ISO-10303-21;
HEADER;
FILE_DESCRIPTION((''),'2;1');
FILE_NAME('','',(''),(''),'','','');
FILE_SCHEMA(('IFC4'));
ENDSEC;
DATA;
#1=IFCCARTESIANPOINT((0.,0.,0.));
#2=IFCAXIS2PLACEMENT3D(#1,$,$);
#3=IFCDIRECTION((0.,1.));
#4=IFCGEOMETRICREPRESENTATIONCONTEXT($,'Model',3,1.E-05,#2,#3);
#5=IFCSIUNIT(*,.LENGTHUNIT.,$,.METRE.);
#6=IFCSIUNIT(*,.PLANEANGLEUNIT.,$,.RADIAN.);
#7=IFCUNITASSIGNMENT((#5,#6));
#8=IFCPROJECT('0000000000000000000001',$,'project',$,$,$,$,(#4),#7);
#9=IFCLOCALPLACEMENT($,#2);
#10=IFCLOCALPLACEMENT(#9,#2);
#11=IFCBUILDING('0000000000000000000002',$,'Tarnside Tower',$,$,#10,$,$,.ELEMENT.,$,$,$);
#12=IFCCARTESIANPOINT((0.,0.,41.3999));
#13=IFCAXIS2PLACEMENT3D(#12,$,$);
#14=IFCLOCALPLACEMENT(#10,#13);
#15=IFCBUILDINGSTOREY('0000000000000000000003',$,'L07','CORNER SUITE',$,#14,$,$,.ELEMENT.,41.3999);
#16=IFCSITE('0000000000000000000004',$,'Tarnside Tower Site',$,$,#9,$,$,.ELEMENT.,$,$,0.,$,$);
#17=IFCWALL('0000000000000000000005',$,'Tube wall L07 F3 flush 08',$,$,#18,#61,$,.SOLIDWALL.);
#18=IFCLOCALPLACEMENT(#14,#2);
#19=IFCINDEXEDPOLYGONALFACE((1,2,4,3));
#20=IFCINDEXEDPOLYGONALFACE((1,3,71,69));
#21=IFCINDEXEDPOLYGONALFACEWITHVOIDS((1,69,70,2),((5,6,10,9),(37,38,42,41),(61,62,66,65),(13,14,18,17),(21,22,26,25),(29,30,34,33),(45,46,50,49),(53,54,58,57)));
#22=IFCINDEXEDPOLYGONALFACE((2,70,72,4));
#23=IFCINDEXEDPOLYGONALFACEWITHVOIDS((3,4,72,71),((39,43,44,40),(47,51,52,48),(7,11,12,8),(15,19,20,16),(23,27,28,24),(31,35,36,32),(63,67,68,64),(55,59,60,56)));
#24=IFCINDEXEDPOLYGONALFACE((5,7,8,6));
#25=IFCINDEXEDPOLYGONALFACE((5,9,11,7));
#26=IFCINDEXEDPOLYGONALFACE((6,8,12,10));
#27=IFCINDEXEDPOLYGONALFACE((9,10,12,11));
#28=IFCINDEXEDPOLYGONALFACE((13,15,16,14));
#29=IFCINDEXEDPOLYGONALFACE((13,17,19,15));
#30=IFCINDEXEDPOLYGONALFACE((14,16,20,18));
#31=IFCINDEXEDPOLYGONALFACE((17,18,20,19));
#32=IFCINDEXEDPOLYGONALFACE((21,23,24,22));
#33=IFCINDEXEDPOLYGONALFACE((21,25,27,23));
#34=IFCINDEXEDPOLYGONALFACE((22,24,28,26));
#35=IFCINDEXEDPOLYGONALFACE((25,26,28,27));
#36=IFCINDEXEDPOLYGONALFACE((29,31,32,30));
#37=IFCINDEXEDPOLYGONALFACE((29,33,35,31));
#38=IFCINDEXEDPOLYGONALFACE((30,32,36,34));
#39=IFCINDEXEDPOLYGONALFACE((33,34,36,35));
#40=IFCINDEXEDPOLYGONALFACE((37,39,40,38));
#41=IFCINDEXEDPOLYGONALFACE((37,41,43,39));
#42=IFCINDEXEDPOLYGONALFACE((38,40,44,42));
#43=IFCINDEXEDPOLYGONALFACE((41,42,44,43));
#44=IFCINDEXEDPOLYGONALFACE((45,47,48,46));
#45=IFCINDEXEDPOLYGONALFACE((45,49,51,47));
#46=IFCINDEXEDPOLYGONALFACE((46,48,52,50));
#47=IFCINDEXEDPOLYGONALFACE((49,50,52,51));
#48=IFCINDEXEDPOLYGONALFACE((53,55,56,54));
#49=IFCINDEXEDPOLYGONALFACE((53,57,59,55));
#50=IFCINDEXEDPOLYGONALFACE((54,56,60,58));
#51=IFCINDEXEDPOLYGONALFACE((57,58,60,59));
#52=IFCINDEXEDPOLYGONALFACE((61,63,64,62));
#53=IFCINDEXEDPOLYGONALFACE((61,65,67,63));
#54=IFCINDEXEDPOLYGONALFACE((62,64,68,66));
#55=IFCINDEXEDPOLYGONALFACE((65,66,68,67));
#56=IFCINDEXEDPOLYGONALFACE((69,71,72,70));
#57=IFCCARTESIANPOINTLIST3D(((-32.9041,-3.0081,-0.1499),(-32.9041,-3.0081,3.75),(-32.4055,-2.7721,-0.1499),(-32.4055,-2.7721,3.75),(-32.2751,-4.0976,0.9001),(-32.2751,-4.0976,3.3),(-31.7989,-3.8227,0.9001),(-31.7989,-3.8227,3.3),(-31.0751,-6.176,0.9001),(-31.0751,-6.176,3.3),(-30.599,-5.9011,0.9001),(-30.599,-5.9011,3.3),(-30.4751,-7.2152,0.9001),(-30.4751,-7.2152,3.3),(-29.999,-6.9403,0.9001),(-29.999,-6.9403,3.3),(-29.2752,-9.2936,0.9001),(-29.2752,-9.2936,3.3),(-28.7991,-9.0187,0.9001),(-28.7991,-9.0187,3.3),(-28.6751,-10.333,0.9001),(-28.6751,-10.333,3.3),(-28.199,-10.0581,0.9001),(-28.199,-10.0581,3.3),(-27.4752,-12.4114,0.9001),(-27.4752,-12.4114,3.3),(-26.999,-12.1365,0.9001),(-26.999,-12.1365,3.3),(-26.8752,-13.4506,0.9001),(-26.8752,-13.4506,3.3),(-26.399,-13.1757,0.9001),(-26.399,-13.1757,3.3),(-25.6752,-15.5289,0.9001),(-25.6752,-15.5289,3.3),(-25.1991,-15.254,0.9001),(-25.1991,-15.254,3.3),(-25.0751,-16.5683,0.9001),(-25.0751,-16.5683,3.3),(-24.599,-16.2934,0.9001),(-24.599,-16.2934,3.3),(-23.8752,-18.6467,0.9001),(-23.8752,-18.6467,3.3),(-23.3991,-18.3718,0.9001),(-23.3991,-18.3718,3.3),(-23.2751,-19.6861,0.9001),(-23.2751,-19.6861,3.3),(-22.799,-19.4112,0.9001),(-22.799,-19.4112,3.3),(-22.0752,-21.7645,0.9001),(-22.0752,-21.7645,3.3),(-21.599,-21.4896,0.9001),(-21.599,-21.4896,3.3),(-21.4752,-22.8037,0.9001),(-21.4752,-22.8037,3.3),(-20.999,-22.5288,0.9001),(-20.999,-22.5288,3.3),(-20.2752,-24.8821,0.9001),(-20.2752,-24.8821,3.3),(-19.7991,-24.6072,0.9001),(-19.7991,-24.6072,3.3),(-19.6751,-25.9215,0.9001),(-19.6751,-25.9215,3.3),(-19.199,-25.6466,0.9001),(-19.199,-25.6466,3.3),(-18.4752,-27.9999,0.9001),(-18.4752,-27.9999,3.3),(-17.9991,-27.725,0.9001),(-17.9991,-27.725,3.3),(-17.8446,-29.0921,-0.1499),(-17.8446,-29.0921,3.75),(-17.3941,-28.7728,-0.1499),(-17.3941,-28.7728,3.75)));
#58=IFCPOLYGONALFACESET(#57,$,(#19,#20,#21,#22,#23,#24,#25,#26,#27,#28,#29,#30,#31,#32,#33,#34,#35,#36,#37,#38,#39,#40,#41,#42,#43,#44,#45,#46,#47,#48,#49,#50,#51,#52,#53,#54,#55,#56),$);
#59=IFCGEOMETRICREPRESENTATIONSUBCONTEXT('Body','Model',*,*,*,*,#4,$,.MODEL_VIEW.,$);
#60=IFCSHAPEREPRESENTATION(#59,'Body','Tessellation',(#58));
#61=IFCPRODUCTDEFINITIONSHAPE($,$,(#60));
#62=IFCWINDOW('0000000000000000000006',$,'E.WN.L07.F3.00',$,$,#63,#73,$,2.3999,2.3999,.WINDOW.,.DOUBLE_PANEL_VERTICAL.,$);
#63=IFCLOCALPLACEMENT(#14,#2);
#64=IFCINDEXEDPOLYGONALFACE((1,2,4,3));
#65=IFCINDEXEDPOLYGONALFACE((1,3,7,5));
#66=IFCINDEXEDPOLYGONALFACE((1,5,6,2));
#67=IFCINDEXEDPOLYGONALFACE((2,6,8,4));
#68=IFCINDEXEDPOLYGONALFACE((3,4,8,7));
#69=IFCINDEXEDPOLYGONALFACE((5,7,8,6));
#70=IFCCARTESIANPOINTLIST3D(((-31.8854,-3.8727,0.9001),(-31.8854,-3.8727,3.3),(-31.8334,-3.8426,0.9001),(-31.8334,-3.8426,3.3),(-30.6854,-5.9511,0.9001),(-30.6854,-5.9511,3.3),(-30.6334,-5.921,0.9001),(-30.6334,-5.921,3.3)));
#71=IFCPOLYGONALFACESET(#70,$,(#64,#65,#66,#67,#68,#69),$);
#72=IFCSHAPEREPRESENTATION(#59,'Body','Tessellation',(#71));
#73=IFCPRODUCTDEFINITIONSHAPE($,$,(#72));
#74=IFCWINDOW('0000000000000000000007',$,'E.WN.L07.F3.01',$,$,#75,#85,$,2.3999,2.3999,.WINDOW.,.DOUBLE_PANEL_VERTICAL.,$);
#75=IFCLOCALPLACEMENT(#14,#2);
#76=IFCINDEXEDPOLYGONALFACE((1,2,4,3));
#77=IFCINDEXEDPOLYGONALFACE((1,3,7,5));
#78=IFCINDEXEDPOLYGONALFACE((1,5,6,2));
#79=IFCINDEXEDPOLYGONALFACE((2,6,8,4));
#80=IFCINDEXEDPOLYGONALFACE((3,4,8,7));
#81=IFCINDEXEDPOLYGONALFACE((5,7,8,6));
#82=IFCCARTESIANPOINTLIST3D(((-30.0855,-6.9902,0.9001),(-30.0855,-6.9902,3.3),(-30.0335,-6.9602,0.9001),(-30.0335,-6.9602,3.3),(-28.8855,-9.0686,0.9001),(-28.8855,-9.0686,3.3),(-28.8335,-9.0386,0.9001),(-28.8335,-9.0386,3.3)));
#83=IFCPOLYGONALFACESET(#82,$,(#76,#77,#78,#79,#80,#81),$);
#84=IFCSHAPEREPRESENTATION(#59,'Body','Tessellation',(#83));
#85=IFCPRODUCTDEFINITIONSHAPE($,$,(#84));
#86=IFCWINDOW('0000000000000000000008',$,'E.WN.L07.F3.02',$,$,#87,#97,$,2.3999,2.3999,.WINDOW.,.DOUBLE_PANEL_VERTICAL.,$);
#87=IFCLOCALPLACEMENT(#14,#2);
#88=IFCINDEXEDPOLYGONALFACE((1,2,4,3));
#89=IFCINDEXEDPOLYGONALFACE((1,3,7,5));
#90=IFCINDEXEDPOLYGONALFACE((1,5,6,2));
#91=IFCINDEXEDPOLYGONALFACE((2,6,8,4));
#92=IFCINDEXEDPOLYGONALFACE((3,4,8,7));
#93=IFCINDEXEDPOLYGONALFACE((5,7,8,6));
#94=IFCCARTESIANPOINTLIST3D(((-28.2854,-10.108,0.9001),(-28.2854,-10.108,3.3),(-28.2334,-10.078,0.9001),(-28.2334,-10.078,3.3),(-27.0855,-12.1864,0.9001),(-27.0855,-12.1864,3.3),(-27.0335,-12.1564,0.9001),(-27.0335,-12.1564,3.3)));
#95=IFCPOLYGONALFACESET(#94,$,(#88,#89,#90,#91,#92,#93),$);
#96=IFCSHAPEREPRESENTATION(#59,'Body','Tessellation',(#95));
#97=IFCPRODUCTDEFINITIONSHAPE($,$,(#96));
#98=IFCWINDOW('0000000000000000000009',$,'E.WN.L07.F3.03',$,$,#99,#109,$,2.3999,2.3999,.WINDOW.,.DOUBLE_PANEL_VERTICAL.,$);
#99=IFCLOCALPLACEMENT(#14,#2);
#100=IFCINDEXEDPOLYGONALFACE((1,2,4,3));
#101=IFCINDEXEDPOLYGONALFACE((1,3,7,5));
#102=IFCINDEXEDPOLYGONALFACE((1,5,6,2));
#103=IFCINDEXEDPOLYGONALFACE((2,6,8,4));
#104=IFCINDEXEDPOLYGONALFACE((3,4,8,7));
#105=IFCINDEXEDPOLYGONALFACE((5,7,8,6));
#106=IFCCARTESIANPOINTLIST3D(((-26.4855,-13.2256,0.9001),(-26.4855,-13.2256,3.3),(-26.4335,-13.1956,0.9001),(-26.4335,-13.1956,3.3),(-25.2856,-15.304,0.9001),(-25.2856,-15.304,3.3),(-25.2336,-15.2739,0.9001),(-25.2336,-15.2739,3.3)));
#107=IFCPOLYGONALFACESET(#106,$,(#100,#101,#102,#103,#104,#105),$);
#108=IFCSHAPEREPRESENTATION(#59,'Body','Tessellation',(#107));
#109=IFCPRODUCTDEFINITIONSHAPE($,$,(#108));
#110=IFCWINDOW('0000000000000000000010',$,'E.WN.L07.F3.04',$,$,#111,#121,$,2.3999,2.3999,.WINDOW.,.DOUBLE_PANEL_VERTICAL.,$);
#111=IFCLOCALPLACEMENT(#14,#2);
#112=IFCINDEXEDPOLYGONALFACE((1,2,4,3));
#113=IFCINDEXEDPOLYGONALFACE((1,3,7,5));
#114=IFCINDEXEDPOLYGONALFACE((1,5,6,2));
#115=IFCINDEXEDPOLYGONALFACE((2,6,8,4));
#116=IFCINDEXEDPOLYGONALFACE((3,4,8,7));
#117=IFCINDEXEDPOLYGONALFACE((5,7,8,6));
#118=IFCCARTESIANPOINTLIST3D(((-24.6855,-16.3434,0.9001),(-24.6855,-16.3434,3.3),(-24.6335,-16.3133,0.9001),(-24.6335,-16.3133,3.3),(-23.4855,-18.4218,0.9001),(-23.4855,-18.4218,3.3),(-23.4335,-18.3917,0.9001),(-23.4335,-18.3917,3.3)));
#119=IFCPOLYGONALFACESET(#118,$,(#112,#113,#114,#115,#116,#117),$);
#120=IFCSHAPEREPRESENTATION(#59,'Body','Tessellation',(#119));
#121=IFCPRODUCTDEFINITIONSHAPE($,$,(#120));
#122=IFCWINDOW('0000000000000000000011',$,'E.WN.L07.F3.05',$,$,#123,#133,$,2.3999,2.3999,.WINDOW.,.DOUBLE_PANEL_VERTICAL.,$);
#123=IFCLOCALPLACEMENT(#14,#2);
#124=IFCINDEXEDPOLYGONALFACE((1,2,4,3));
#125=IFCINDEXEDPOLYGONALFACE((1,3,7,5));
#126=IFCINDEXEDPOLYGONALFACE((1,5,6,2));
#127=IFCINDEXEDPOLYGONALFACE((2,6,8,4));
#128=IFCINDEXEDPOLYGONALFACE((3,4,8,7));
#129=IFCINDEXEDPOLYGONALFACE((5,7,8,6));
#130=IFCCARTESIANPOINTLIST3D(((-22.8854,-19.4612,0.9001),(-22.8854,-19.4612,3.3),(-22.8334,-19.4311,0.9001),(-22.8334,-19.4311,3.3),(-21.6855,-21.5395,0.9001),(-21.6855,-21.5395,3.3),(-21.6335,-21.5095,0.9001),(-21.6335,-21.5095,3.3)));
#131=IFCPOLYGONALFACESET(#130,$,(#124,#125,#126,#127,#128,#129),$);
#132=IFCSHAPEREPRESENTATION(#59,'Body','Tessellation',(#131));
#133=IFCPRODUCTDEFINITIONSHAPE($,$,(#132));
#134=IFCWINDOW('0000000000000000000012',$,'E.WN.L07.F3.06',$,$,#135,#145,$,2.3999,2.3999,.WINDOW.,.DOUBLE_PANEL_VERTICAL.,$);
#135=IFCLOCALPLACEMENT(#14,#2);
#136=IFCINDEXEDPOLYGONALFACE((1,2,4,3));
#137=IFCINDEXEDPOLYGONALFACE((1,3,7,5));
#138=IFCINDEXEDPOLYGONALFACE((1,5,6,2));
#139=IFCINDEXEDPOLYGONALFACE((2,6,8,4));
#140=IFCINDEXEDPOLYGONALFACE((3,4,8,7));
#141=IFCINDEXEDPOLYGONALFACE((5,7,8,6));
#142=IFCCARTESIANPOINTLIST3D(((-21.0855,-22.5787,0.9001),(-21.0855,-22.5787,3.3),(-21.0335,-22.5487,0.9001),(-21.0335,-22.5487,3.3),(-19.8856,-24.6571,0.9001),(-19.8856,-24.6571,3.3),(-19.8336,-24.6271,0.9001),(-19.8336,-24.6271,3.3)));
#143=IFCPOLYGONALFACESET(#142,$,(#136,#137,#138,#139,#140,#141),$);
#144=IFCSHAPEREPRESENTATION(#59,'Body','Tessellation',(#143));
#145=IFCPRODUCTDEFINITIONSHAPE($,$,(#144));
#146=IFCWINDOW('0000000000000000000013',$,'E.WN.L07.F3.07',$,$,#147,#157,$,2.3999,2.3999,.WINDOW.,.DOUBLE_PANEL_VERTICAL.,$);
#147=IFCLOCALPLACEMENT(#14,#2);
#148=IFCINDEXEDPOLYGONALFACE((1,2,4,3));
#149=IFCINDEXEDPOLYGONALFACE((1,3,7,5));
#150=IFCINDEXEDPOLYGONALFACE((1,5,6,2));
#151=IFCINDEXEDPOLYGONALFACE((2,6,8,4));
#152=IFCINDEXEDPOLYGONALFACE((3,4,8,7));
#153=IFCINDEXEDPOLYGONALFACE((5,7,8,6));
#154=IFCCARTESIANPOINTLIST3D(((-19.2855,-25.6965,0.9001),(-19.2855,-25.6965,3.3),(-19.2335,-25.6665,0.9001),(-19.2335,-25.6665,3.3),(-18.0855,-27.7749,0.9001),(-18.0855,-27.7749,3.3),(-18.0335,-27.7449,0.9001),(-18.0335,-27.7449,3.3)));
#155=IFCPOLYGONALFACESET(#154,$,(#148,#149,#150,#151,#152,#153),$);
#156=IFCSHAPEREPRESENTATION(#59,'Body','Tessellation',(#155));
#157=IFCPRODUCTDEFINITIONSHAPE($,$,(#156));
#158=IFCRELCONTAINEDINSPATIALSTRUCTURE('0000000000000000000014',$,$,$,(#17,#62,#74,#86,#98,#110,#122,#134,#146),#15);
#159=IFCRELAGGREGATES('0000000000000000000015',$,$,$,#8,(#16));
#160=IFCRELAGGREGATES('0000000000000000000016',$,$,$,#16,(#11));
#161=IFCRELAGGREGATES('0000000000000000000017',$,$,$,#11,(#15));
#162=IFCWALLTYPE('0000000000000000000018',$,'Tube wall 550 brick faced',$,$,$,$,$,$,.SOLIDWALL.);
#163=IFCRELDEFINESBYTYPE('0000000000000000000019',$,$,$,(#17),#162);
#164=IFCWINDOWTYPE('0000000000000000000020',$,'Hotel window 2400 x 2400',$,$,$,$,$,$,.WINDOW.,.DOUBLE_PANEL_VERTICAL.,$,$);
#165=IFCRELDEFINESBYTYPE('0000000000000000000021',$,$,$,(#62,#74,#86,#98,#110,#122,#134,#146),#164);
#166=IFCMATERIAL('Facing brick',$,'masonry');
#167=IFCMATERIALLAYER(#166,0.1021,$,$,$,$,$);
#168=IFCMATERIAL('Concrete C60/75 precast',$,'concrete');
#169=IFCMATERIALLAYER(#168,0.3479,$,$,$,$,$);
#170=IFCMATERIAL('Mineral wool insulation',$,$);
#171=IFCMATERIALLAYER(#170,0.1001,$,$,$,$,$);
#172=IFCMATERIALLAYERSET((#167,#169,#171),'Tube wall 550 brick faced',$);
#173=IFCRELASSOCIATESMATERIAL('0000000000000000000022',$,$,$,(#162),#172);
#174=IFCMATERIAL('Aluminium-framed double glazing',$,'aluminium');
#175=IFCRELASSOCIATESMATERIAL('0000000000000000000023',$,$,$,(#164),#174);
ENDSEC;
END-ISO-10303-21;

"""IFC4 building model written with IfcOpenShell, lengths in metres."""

from ifc_helpers import new_model, si_unit, direction, frame, frame_2d, origin, place, context, subcontext, project, spatial, polyline, rectangle, outline, extrude, material, layer, layer_set, type_object, element, fill, save


model = new_model("IFC4")

# Units and contexts
model_context = context("Model", 3, precision=1e-05, world=origin(), true_north=direction((0.0, 1.0)))
body_context = subcontext(model_context, "Body", "Model", "MODEL_VIEW")
ifc_project = project(units=[si_unit("LENGTHUNIT", "METRE"), si_unit("PLANEANGLEUNIT", "RADIAN")], contexts=[model_context])

# Site, building, storey
site_placement = place(None, origin())
site = spatial("IfcSite", under=ifc_project, at=site_placement, Name="Tarnside Tower Site", CompositionType="ELEMENT", RefElevation=0.0)
building_placement = place(site_placement, origin())
building = spatial("IfcBuilding", under=site, at=building_placement, Name="Tarnside Tower", CompositionType="ELEMENT")
storey_placement = place(building_placement, frame((0.0, 0.0, 41.3999)))
storey = spatial("IfcBuildingStorey", under=building, at=storey_placement, Name="L07", Description="CORNER SUITE", CompositionType="ELEMENT", Elevation=41.3999)

# Shared definitions
ifc_material_1 = material(Name="Facing brick", Category="masonry")
ifc_layer_1 = layer(ifc_material_1, 0.1021)
ifc_material_2 = material(Name="Concrete C60/75 precast", Category="concrete")
ifc_layer_2 = layer(ifc_material_2, 0.3479)
ifc_material_3 = material(Name="Mineral wool insulation")
ifc_layer_3 = layer(ifc_material_3, 0.1001)
ifc_layer_set_1 = layer_set([ifc_layer_1, ifc_layer_2, ifc_layer_3], Name="Tube wall 550 brick faced")
wall_type_1 = type_object("IfcWallType", Name="Tube wall 550 brick faced", PredefinedType="SOLIDWALL", material=ifc_layer_set_1)

# Wall, openings, windows
wall_1_placement = place(storey_placement, frame((-32.6548, -2.8901, -0.1499), z_axis=(0.0, 0.0, 1.0), x_axis=(0.499998, -0.866027, 0.0)))
wall_1 = element("IfcWall", 1, at=wall_1_placement, inside=storey, type_object=wall_type_1, Name="Tube wall L07 F3 flush 08", PredefinedType="SOLIDWALL", context=body_context, shape_type="SweptSolid", body=[
    extrude(outline(polyline([(-0.0225, -0.2749), (30.0967, -0.2749), (30.0454, 0.2749), (0.0225, 0.2749), (-0.0225, -0.2749)])), origin(), (0.0, 0.0, 1.0), 3.8999),
])
opening_1_placement = place(wall_1_placement, frame((1.2356, 0.0, 1.05)))
opening_1 = element("IfcOpeningElement", 2, at=opening_1_placement, cuts=wall_1, PredefinedType="OPENING", context=body_context, shape_type="SweptSolid", body=[
    extrude(rectangle(XDim=2.3999, YDim=2.3999, at=frame_2d((1.2, 1.2))), frame((0.0, 0.2852, 0.0), z_axis=(0.0, -1.0, 0.0), x_axis=(1.0, 0.0, 0.0)), (0.0, 0.0, 1.0), 0.5701),
])
opening_2_placement = place(wall_1_placement, frame((4.8354, 0.0, 1.05)))
opening_2 = element("IfcOpeningElement", 3, at=opening_2_placement, cuts=wall_1, PredefinedType="OPENING", context=body_context, shape_type="SweptSolid", body=[
    extrude(rectangle(XDim=2.3999, YDim=2.3999, at=frame_2d((1.2, 1.2))), frame((0.0, 0.2852, 0.0), z_axis=(0.0, -1.0, 0.0), x_axis=(1.0, 0.0, 0.0)), (0.0, 0.0, 1.0), 0.5701),
])
opening_3_placement = place(wall_1_placement, frame((8.4355, 0.0, 1.05)))
opening_3 = element("IfcOpeningElement", 4, at=opening_3_placement, cuts=wall_1, PredefinedType="OPENING", context=body_context, shape_type="SweptSolid", body=[
    extrude(rectangle(XDim=2.3999, YDim=2.3999, at=frame_2d((1.2, 1.2))), frame((0.0, 0.2852, 0.0), z_axis=(0.0, -1.0, 0.0), x_axis=(1.0, 0.0, 0.0)), (0.0, 0.0, 1.0), 0.5701),
])
opening_4_placement = place(wall_1_placement, frame((12.0354, 0.0, 1.05)))
opening_4 = element("IfcOpeningElement", 5, at=opening_4_placement, cuts=wall_1, PredefinedType="OPENING", context=body_context, shape_type="SweptSolid", body=[
    extrude(rectangle(XDim=2.3999, YDim=2.3999, at=frame_2d((1.2, 1.2))), frame((0.0, 0.2852, 0.0), z_axis=(0.0, -1.0, 0.0), x_axis=(1.0, 0.0, 0.0)), (0.0, 0.0, 1.0), 0.5701),
])
opening_5_placement = place(wall_1_placement, frame((15.6355, 0.0, 1.05)))
opening_5 = element("IfcOpeningElement", 6, at=opening_5_placement, cuts=wall_1, PredefinedType="OPENING", context=body_context, shape_type="SweptSolid", body=[
    extrude(rectangle(XDim=2.3999, YDim=2.3999, at=frame_2d((1.2, 1.2))), frame((0.0, 0.2852, 0.0), z_axis=(0.0, -1.0, 0.0), x_axis=(1.0, 0.0, 0.0)), (0.0, 0.0, 1.0), 0.5701),
])
opening_6_placement = place(wall_1_placement, frame((19.2356, 0.0, 1.05)))
opening_6 = element("IfcOpeningElement", 7, at=opening_6_placement, cuts=wall_1, PredefinedType="OPENING", context=body_context, shape_type="SweptSolid", body=[
    extrude(rectangle(XDim=2.3999, YDim=2.3999, at=frame_2d((1.2, 1.2))), frame((0.0, 0.2852, 0.0), z_axis=(0.0, -1.0, 0.0), x_axis=(1.0, 0.0, 0.0)), (0.0, 0.0, 1.0), 0.5701),
])
opening_7_placement = place(wall_1_placement, frame((22.8354, 0.0, 1.05)))
opening_7 = element("IfcOpeningElement", 8, at=opening_7_placement, cuts=wall_1, PredefinedType="OPENING", context=body_context, shape_type="SweptSolid", body=[
    extrude(rectangle(XDim=2.3999, YDim=2.3999, at=frame_2d((1.2, 1.2))), frame((0.0, 0.2852, 0.0), z_axis=(0.0, -1.0, 0.0), x_axis=(1.0, 0.0, 0.0)), (0.0, 0.0, 1.0), 0.5701),
])
opening_8_placement = place(wall_1_placement, frame((26.4355, 0.0, 1.05)))
opening_8 = element("IfcOpeningElement", 9, at=opening_8_placement, cuts=wall_1, PredefinedType="OPENING", context=body_context, shape_type="SweptSolid", body=[
    extrude(rectangle(XDim=2.3999, YDim=2.3999, at=frame_2d((1.2, 1.2))), frame((0.0, 0.2852, 0.0), z_axis=(0.0, -1.0, 0.0), x_axis=(1.0, 0.0, 0.0)), (0.0, 0.0, 1.0), 0.5701),
])
ifc_material_4 = material(Name="Aluminium-framed double glazing", Category="aluminium")
window_type = type_object("IfcWindowType", Name="Hotel window 2400 x 2400", PartitioningType="DOUBLE_PANEL_VERTICAL", PredefinedType="WINDOW", material=ifc_material_4)
window_1_placement = place(opening_1_placement, frame((0.0, 0.2051, 0.0)))
window_1 = element("IfcWindow", 10, at=window_1_placement, inside=storey, type_object=window_type, Name="E.WN.L07.F3.00", OverallHeight=2.3999, OverallWidth=2.3999, PartitioningType="DOUBLE_PANEL_VERTICAL", PredefinedType="WINDOW", context=body_context, shape_type="SweptSolid", body=[
    extrude(rectangle(XDim=2.3999, YDim=2.3999, at=frame_2d((1.2, 1.2))), frame((0.0, 0.03, 0.0), z_axis=(0.0, -1.0, 0.0), x_axis=(1.0, 0.0, 0.0)), (0.0, 0.0, 1.0), 0.0601),
])
fill(opening_1, window_1)
window_2_placement = place(opening_2_placement, frame((0.0, 0.2051, 0.0)))
window_2 = element("IfcWindow", 11, at=window_2_placement, inside=storey, type_object=window_type, Name="E.WN.L07.F3.01", OverallHeight=2.3999, OverallWidth=2.3999, PartitioningType="DOUBLE_PANEL_VERTICAL", PredefinedType="WINDOW", context=body_context, shape_type="SweptSolid", body=[
    extrude(rectangle(XDim=2.3999, YDim=2.3999, at=frame_2d((1.2, 1.2))), frame((0.0, 0.03, 0.0), z_axis=(0.0, -1.0, 0.0), x_axis=(1.0, 0.0, 0.0)), (0.0, 0.0, 1.0), 0.0601),
])
fill(opening_2, window_2)
window_3_placement = place(opening_3_placement, frame((0.0, 0.2051, 0.0)))
window_3 = element("IfcWindow", 12, at=window_3_placement, inside=storey, type_object=window_type, Name="E.WN.L07.F3.02", OverallHeight=2.3999, OverallWidth=2.3999, PartitioningType="DOUBLE_PANEL_VERTICAL", PredefinedType="WINDOW", context=body_context, shape_type="SweptSolid", body=[
    extrude(rectangle(XDim=2.3999, YDim=2.3999, at=frame_2d((1.2, 1.2))), frame((0.0, 0.03, 0.0), z_axis=(0.0, -1.0, 0.0), x_axis=(1.0, 0.0, 0.0)), (0.0, 0.0, 1.0), 0.0601),
])
fill(opening_3, window_3)
window_4_placement = place(opening_4_placement, frame((0.0, 0.2051, 0.0)))
window_4 = element("IfcWindow", 13, at=window_4_placement, inside=storey, type_object=window_type, Name="E.WN.L07.F3.03", OverallHeight=2.3999, OverallWidth=2.3999, PartitioningType="DOUBLE_PANEL_VERTICAL", PredefinedType="WINDOW", context=body_context, shape_type="SweptSolid", body=[
    extrude(rectangle(XDim=2.3999, YDim=2.3999, at=frame_2d((1.2, 1.2))), frame((0.0, 0.03, 0.0), z_axis=(0.0, -1.0, 0.0), x_axis=(1.0, 0.0, 0.0)), (0.0, 0.0, 1.0), 0.0601),
])
fill(opening_4, window_4)
window_5_placement = place(opening_5_placement, frame((0.0, 0.2051, 0.0)))
window_5 = element("IfcWindow", 14, at=window_5_placement, inside=storey, type_object=window_type, Name="E.WN.L07.F3.04", OverallHeight=2.3999, OverallWidth=2.3999, PartitioningType="DOUBLE_PANEL_VERTICAL", PredefinedType="WINDOW", context=body_context, shape_type="SweptSolid", body=[
    extrude(rectangle(XDim=2.3999, YDim=2.3999, at=frame_2d((1.2, 1.2))), frame((0.0, 0.03, 0.0), z_axis=(0.0, -1.0, 0.0), x_axis=(1.0, 0.0, 0.0)), (0.0, 0.0, 1.0), 0.0601),
])
fill(opening_5, window_5)
window_6_placement = place(opening_6_placement, frame((0.0, 0.2051, 0.0)))
window_6 = element("IfcWindow", 15, at=window_6_placement, inside=storey, type_object=window_type, Name="E.WN.L07.F3.05", OverallHeight=2.3999, OverallWidth=2.3999, PartitioningType="DOUBLE_PANEL_VERTICAL", PredefinedType="WINDOW", context=body_context, shape_type="SweptSolid", body=[
    extrude(rectangle(XDim=2.3999, YDim=2.3999, at=frame_2d((1.2, 1.2))), frame((0.0, 0.03, 0.0), z_axis=(0.0, -1.0, 0.0), x_axis=(1.0, 0.0, 0.0)), (0.0, 0.0, 1.0), 0.0601),
])
fill(opening_6, window_6)
window_7_placement = place(opening_7_placement, frame((0.0, 0.2051, 0.0)))
window_7 = element("IfcWindow", 16, at=window_7_placement, inside=storey, type_object=window_type, Name="E.WN.L07.F3.06", OverallHeight=2.3999, OverallWidth=2.3999, PartitioningType="DOUBLE_PANEL_VERTICAL", PredefinedType="WINDOW", context=body_context, shape_type="SweptSolid", body=[
    extrude(rectangle(XDim=2.3999, YDim=2.3999, at=frame_2d((1.2, 1.2))), frame((0.0, 0.03, 0.0), z_axis=(0.0, -1.0, 0.0), x_axis=(1.0, 0.0, 0.0)), (0.0, 0.0, 1.0), 0.0601),
])
fill(opening_7, window_7)
window_8_placement = place(opening_8_placement, frame((0.0, 0.2051, 0.0)))
window_8 = element("IfcWindow", 17, at=window_8_placement, inside=storey, type_object=window_type, Name="E.WN.L07.F3.07", OverallHeight=2.3999, OverallWidth=2.3999, PartitioningType="DOUBLE_PANEL_VERTICAL", PredefinedType="WINDOW", context=body_context, shape_type="SweptSolid", body=[
    extrude(rectangle(XDim=2.3999, YDim=2.3999, at=frame_2d((1.2, 1.2))), frame((0.0, 0.03, 0.0), z_axis=(0.0, -1.0, 0.0), x_axis=(1.0, 0.0, 0.0)), (0.0, 0.0, 1.0), 0.0601),
])
fill(opening_8, window_8)

save(model, "model.ifc")
